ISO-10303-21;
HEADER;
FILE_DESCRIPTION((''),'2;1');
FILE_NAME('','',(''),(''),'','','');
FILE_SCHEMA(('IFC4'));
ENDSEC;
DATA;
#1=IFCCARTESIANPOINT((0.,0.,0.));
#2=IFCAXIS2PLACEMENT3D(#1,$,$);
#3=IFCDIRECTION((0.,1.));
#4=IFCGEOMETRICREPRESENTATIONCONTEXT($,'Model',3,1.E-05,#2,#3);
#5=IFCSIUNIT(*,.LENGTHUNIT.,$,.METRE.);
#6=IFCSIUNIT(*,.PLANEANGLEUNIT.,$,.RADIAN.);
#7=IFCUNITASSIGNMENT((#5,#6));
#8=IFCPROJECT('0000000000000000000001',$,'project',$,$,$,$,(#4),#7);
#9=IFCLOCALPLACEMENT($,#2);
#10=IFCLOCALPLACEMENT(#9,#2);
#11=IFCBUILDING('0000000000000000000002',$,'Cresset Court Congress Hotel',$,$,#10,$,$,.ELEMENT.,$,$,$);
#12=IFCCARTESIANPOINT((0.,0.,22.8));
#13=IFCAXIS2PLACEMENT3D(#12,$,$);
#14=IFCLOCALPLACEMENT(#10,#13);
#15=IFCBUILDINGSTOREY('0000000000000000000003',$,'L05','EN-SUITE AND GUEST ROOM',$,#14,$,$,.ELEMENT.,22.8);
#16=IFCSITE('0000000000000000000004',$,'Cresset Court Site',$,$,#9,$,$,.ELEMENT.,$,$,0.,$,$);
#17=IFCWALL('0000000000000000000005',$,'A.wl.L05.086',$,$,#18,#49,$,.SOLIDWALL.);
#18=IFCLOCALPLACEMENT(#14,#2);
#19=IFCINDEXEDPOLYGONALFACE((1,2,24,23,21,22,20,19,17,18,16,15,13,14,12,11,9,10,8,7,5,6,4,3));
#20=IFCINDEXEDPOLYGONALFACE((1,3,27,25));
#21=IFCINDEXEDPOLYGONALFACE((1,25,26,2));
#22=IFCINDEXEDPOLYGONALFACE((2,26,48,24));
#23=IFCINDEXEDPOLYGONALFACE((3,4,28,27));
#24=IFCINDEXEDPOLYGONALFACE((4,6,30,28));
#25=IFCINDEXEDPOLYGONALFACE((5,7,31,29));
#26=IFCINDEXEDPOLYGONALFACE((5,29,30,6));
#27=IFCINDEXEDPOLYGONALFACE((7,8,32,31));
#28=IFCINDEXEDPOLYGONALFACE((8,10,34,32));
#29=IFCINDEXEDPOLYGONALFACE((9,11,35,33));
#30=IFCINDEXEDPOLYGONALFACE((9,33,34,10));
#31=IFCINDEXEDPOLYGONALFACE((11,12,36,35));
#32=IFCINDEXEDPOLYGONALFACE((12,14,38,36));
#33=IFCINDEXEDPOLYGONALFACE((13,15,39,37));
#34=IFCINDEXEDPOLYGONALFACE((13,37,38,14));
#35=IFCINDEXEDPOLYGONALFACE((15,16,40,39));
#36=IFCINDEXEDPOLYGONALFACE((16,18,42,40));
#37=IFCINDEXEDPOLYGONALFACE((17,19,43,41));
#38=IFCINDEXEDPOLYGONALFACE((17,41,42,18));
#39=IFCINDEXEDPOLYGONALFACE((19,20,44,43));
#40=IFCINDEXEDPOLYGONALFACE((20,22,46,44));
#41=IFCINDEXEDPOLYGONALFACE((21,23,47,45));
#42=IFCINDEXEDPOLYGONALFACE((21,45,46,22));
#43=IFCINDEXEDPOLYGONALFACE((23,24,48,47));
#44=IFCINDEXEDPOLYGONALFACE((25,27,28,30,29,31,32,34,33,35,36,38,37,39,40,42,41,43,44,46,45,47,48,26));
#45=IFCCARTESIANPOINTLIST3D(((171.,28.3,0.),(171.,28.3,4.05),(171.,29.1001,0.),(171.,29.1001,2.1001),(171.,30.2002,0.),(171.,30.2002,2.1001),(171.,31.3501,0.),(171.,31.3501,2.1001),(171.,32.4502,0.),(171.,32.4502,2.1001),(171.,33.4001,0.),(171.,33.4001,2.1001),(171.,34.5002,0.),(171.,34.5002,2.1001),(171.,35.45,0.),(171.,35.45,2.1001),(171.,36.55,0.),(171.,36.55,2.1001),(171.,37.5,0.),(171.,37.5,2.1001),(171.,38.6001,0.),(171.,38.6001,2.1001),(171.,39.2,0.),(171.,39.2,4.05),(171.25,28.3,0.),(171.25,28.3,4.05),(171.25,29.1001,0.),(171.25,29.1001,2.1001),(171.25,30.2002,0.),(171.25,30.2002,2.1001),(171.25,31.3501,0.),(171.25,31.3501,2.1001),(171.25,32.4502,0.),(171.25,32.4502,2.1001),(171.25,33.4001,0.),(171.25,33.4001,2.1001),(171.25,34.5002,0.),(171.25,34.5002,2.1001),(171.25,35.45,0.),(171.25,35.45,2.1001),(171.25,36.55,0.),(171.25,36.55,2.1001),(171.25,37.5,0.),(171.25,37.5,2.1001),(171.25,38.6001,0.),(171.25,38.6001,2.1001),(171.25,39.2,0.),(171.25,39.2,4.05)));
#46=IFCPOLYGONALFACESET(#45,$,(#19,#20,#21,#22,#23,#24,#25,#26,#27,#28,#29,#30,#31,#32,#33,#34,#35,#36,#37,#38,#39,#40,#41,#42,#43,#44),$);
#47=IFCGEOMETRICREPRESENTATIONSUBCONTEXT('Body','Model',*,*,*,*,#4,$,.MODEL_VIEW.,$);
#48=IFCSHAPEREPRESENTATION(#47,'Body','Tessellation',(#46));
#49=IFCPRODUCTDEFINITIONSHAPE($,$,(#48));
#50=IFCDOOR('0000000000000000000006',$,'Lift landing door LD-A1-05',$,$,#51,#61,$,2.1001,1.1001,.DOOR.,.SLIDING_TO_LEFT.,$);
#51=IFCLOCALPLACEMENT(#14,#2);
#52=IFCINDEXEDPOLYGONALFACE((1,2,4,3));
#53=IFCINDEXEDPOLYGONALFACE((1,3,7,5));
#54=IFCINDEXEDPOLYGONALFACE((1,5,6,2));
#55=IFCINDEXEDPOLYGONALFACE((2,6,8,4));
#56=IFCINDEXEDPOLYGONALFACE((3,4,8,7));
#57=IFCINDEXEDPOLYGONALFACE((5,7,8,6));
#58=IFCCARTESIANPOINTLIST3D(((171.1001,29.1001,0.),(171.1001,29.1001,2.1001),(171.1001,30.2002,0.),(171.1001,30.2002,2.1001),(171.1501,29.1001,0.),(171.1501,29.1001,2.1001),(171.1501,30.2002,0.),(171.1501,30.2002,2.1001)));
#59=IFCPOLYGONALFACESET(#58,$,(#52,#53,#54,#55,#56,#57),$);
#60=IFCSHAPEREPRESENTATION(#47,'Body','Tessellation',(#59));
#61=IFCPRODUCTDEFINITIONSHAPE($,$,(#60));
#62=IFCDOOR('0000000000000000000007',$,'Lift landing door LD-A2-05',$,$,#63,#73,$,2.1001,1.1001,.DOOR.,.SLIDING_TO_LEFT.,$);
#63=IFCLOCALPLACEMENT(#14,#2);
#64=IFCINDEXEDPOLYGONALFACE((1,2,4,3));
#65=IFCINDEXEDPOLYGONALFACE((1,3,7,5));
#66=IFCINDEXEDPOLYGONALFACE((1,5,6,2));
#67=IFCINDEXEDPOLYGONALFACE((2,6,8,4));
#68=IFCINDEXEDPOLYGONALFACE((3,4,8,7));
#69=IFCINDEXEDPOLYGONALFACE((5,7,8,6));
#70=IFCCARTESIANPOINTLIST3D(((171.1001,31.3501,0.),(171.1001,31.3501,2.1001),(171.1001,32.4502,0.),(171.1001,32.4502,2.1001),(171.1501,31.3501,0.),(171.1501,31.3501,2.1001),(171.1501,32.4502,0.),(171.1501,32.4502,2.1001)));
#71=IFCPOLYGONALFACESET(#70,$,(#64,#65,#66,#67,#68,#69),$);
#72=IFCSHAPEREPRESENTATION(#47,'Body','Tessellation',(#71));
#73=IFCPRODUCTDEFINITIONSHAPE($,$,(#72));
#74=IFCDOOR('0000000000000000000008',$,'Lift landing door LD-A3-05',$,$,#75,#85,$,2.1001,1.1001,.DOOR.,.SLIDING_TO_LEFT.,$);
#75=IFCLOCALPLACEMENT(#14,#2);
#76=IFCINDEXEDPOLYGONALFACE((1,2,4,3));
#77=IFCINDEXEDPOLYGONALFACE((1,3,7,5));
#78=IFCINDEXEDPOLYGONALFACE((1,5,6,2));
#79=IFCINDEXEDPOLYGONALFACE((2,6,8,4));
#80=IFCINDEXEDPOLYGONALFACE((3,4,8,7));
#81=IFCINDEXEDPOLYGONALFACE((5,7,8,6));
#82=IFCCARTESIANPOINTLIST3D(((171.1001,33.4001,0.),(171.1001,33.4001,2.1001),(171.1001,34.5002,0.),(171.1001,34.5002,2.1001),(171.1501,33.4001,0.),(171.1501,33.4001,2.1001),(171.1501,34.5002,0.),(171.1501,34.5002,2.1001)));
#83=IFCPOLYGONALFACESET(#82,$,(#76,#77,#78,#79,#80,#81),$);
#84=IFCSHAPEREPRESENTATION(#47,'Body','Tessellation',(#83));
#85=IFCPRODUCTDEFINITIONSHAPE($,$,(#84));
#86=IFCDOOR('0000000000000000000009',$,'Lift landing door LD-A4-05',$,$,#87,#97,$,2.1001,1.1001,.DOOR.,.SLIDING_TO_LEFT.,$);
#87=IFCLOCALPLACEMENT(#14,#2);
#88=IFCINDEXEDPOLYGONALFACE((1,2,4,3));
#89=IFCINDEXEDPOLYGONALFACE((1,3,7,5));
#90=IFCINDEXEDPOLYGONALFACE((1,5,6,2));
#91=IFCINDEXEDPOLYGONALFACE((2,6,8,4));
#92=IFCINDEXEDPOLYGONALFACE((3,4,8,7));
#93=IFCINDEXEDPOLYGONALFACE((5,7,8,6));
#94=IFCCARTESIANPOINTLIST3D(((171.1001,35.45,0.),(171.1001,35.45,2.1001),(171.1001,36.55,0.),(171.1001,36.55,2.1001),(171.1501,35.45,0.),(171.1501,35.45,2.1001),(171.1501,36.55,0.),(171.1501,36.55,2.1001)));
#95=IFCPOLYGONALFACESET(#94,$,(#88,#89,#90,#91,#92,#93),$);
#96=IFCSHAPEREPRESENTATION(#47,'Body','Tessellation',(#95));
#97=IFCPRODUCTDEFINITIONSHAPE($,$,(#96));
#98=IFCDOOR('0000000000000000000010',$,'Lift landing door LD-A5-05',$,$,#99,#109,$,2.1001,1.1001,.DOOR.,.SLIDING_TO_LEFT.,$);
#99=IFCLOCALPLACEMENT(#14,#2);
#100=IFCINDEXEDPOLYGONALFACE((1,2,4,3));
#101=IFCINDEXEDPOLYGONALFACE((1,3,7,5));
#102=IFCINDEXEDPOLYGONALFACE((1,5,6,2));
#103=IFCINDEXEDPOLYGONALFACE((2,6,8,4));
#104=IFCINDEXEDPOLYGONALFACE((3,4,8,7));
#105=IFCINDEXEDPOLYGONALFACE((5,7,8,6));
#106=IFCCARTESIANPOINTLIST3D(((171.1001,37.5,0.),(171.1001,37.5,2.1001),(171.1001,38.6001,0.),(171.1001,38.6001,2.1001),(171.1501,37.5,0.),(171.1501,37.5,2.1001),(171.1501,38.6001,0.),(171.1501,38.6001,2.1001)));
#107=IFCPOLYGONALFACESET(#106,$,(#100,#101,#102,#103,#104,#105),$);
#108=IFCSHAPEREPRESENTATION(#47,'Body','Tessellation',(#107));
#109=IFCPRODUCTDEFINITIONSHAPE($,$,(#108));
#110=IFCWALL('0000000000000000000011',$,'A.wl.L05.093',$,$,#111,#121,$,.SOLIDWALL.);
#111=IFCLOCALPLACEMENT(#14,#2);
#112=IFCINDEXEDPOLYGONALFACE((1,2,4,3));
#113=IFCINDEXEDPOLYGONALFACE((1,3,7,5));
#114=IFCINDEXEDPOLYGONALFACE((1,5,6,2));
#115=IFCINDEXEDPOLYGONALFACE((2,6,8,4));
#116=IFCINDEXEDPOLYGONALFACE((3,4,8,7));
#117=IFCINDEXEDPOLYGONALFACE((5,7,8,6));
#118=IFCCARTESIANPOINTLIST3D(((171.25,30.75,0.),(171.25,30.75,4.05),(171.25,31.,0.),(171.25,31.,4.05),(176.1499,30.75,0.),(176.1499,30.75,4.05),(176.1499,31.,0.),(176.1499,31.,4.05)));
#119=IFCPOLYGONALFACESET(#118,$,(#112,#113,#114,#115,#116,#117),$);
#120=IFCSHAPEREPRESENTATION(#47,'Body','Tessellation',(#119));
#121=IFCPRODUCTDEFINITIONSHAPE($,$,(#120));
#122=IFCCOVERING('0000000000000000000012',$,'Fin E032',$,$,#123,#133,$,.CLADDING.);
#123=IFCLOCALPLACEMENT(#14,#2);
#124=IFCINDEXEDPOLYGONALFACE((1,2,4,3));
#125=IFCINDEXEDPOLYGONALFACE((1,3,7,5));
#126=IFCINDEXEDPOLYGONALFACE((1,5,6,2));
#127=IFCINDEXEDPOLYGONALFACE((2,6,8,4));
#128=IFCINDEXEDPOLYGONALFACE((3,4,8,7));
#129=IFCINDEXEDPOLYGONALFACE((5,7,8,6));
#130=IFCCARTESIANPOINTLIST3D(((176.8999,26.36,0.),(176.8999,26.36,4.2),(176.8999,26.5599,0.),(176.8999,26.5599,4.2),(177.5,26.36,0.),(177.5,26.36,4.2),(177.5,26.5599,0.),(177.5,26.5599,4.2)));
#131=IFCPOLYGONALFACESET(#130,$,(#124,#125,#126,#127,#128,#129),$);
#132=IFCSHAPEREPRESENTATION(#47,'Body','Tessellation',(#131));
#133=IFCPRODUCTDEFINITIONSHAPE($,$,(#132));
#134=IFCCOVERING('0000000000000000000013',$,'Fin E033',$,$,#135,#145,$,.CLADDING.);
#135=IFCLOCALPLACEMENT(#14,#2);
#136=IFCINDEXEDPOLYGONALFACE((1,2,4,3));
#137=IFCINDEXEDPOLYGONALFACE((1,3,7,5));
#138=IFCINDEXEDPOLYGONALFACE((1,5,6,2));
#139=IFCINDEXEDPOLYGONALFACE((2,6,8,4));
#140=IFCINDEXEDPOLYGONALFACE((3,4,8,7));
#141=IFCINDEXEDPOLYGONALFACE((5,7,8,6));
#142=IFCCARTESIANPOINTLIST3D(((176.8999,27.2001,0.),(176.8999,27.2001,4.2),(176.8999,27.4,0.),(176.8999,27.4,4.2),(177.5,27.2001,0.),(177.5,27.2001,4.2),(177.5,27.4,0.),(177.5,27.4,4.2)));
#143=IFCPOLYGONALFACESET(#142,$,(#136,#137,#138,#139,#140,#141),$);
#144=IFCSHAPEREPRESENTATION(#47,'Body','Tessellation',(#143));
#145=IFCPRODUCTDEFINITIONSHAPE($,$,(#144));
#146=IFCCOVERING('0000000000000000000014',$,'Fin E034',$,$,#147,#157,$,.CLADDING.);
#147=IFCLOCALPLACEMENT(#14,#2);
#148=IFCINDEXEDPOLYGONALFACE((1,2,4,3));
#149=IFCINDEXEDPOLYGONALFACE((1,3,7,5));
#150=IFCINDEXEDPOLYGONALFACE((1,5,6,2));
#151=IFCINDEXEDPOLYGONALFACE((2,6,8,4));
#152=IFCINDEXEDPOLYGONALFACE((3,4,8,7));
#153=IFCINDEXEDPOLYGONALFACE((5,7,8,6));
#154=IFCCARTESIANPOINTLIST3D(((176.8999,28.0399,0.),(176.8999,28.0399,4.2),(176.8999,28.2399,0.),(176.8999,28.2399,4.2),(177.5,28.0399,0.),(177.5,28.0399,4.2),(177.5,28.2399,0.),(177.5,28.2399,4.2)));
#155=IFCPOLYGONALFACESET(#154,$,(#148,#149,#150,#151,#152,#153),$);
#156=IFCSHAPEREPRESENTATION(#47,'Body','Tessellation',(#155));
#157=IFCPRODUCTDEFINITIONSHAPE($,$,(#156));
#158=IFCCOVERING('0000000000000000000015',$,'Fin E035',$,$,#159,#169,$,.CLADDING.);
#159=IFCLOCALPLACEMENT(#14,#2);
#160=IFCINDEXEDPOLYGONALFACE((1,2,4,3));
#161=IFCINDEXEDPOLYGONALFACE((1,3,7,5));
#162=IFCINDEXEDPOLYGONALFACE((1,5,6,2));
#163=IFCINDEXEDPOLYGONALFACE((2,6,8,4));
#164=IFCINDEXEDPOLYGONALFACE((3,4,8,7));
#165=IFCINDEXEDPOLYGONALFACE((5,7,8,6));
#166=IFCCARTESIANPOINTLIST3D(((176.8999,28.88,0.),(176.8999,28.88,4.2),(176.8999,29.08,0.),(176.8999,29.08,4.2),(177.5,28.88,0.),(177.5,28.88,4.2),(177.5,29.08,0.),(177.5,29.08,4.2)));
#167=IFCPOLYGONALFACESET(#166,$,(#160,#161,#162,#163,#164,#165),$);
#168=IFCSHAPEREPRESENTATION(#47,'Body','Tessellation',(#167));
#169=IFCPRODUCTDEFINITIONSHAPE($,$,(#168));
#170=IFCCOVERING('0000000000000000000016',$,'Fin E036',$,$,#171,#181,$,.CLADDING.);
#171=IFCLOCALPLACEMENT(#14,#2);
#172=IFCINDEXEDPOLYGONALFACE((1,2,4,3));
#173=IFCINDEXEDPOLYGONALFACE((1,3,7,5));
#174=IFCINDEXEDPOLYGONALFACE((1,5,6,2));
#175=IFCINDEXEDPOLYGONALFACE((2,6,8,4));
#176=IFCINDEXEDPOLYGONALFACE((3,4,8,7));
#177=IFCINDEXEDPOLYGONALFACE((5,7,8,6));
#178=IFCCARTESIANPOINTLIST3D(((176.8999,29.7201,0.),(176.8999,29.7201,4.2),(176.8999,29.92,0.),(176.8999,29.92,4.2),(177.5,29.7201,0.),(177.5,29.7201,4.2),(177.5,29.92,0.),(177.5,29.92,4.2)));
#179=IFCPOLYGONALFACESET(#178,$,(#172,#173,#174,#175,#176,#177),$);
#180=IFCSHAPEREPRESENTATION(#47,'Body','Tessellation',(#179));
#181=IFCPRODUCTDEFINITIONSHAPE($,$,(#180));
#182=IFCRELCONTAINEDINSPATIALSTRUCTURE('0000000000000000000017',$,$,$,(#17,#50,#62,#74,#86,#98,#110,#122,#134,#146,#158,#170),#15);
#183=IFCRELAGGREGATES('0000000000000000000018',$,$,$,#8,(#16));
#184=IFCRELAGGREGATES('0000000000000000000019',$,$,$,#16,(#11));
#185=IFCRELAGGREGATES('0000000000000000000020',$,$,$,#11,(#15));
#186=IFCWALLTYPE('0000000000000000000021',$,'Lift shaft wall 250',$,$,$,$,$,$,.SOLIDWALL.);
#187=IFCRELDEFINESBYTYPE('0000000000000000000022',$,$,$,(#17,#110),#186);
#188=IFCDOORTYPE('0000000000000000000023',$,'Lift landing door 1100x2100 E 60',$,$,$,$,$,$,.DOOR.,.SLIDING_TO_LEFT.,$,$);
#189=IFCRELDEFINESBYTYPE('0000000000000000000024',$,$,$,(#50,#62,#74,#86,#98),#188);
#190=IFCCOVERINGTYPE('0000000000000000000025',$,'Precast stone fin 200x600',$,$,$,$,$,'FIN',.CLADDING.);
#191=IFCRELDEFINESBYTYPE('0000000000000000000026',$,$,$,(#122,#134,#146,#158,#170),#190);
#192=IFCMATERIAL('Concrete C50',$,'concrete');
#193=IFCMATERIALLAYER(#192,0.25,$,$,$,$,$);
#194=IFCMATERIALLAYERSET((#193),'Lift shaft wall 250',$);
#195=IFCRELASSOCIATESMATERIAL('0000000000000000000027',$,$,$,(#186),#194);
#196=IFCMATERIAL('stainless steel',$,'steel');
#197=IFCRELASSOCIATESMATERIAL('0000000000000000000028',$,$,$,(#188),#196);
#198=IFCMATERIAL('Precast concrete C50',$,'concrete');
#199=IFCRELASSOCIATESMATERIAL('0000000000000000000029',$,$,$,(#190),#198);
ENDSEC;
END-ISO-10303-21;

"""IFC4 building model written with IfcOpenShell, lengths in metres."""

from ifc_helpers import new_model, si_unit, direction, frame, frame_2d, origin, origin_2d, place, context, subcontext, project, spatial, rectangle, extrude, material, layer, layer_set, type_object, element, fill, save


model = new_model("IFC4")

# Units and contexts
model_context = context("Model", 3, precision=1e-05, world=origin(), true_north=direction((0.0, 1.0)))
body_context = subcontext(model_context, "Body", "Model", "MODEL_VIEW")
ifc_project = project(units=[si_unit("LENGTHUNIT", "METRE"), si_unit("PLANEANGLEUNIT", "RADIAN")], contexts=[model_context])

# Site, building, storey
site_placement = place(None, origin())
site = spatial("IfcSite", under=ifc_project, at=site_placement, Name="Cresset Court Site", CompositionType="ELEMENT", RefElevation=0.0)
building_placement = place(site_placement, origin())
building = spatial("IfcBuilding", under=site, at=building_placement, Name="Cresset Court Congress Hotel", CompositionType="ELEMENT")
storey_placement = place(building_placement, frame((0.0, 0.0, 22.8)))
storey = spatial("IfcBuildingStorey", under=building, at=storey_placement, Name="L05", Description="EN-SUITE AND GUEST ROOM", CompositionType="ELEMENT", Elevation=22.8)

# Wall, openings, doors
ifc_material_1 = material(Name="Concrete C50", Category="concrete")
ifc_layer_1 = layer(ifc_material_1, 0.25)
ifc_layer_set_1 = layer_set([ifc_layer_1], Name="Lift shaft wall 250")
wall_type_1 = type_object("IfcWallType", Name="Lift shaft wall 250", PredefinedType="SOLIDWALL", material=ifc_layer_set_1)
wall_1_placement = place(storey_placement, frame((171.125, 28.3, 0.0), z_axis=(0.0, 0.0, 1.0), x_axis=(0.0, 1.0, 0.0)))
wall_1 = element("IfcWall", 1, at=wall_1_placement, inside=storey, type_object=wall_type_1, Name="A.wl.L05.086", PredefinedType="SOLIDWALL", context=body_context, shape_type="SweptSolid", body=[
    extrude(rectangle(XDim=10.8999, YDim=0.25, at=frame_2d((5.45, 0.0))), origin(), (0.0, 0.0, 1.0), 4.05),
])
opening_1_placement = place(wall_1_placement, frame((0.8, 0.0, 0.0)))
opening_1 = element("IfcOpeningElement", 2, at=opening_1_placement, cuts=wall_1, PredefinedType="OPENING", context=body_context, shape_type="SweptSolid", body=[
    extrude(rectangle(XDim=1.1001, YDim=2.1001, at=frame_2d((0.55, 1.05))), frame((0.0, 0.135, 0.0), z_axis=(0.0, -1.0, 0.0), x_axis=(1.0, 0.0, 0.0)), (0.0, 0.0, 1.0), 0.27),
])
opening_2_placement = place(wall_1_placement, frame((3.05, 0.0, 0.0)))
opening_2 = element("IfcOpeningElement", 3, at=opening_2_placement, cuts=wall_1, PredefinedType="OPENING", context=body_context, shape_type="SweptSolid", body=[
    extrude(rectangle(XDim=1.1001, YDim=2.1001, at=frame_2d((0.55, 1.05))), frame((0.0, 0.135, 0.0), z_axis=(0.0, -1.0, 0.0), x_axis=(1.0, 0.0, 0.0)), (0.0, 0.0, 1.0), 0.27),
])
opening_3_placement = place(wall_1_placement, frame((5.1001, 0.0, 0.0)))
opening_3 = element("IfcOpeningElement", 4, at=opening_3_placement, cuts=wall_1, PredefinedType="OPENING", context=body_context, shape_type="SweptSolid", body=[
    extrude(rectangle(XDim=1.1001, YDim=2.1001, at=frame_2d((0.55, 1.05))), frame((0.0, 0.135, 0.0), z_axis=(0.0, -1.0, 0.0), x_axis=(1.0, 0.0, 0.0)), (0.0, 0.0, 1.0), 0.27),
])
opening_4_placement = place(wall_1_placement, frame((7.1499, 0.0, 0.0)))
opening_4 = element("IfcOpeningElement", 5, at=opening_4_placement, cuts=wall_1, PredefinedType="OPENING", context=body_context, shape_type="SweptSolid", body=[
    extrude(rectangle(XDim=1.1001, YDim=2.1001, at=frame_2d((0.55, 1.05))), frame((0.0, 0.135, 0.0), z_axis=(0.0, -1.0, 0.0), x_axis=(1.0, 0.0, 0.0)), (0.0, 0.0, 1.0), 0.27),
])
opening_5_placement = place(wall_1_placement, frame((9.2, 0.0, 0.0)))
opening_5 = element("IfcOpeningElement", 6, at=opening_5_placement, cuts=wall_1, PredefinedType="OPENING", context=body_context, shape_type="SweptSolid", body=[
    extrude(rectangle(XDim=1.1001, YDim=2.1001, at=frame_2d((0.55, 1.05))), frame((0.0, 0.135, 0.0), z_axis=(0.0, -1.0, 0.0), x_axis=(1.0, 0.0, 0.0)), (0.0, 0.0, 1.0), 0.27),
])
ifc_material_2 = material(Name="stainless steel", Category="steel")
door_type_1 = type_object("IfcDoorType", Name="Lift landing door 1100x2100 E 60", OperationType="SLIDING_TO_LEFT", PredefinedType="DOOR", material=ifc_material_2)
door_1_placement = place(opening_1_placement, origin())
door_1 = element("IfcDoor", 7, at=door_1_placement, inside=storey, type_object=door_type_1, Name="Lift landing door LD-A1-05", OperationType="SLIDING_TO_LEFT", OverallHeight=2.1001, OverallWidth=1.1001, PredefinedType="DOOR", context=body_context, shape_type="SweptSolid", body=[
    extrude(rectangle(XDim=1.1001, YDim=2.1001, at=frame_2d((0.55, 1.05))), frame((0.0, 0.0249, 0.0), z_axis=(0.0, -1.0, 0.0), x_axis=(1.0, 0.0, 0.0)), (0.0, 0.0, 1.0), 0.05),
])
fill(opening_1, door_1)
door_2_placement = place(opening_2_placement, origin())
door_2 = element("IfcDoor", 8, at=door_2_placement, inside=storey, type_object=door_type_1, Name="Lift landing door LD-A2-05", OperationType="SLIDING_TO_LEFT", OverallHeight=2.1001, OverallWidth=1.1001, PredefinedType="DOOR", context=body_context, shape_type="SweptSolid", body=[
    extrude(rectangle(XDim=1.1001, YDim=2.1001, at=frame_2d((0.55, 1.05))), frame((0.0, 0.0249, 0.0), z_axis=(0.0, -1.0, 0.0), x_axis=(1.0, 0.0, 0.0)), (0.0, 0.0, 1.0), 0.05),
])
fill(opening_2, door_2)
door_3_placement = place(opening_3_placement, origin())
door_3 = element("IfcDoor", 9, at=door_3_placement, inside=storey, type_object=door_type_1, Name="Lift landing door LD-A3-05", OperationType="SLIDING_TO_LEFT", OverallHeight=2.1001, OverallWidth=1.1001, PredefinedType="DOOR", context=body_context, shape_type="SweptSolid", body=[
    extrude(rectangle(XDim=1.1001, YDim=2.1001, at=frame_2d((0.55, 1.05))), frame((0.0, 0.0249, 0.0), z_axis=(0.0, -1.0, 0.0), x_axis=(1.0, 0.0, 0.0)), (0.0, 0.0, 1.0), 0.05),
])
fill(opening_3, door_3)
door_4_placement = place(opening_4_placement, origin())
door_4 = element("IfcDoor", 10, at=door_4_placement, inside=storey, type_object=door_type_1, Name="Lift landing door LD-A4-05", OperationType="SLIDING_TO_LEFT", OverallHeight=2.1001, OverallWidth=1.1001, PredefinedType="DOOR", context=body_context, shape_type="SweptSolid", body=[
    extrude(rectangle(XDim=1.1001, YDim=2.1001, at=frame_2d((0.55, 1.05))), frame((0.0, 0.0249, 0.0), z_axis=(0.0, -1.0, 0.0), x_axis=(1.0, 0.0, 0.0)), (0.0, 0.0, 1.0), 0.05),
])
fill(opening_4, door_4)
door_5_placement = place(opening_5_placement, origin())
door_5 = element("IfcDoor", 11, at=door_5_placement, inside=storey, type_object=door_type_1, Name="Lift landing door LD-A5-05", OperationType="SLIDING_TO_LEFT", OverallHeight=2.1001, OverallWidth=1.1001, PredefinedType="DOOR", context=body_context, shape_type="SweptSolid", body=[
    extrude(rectangle(XDim=1.1001, YDim=2.1001, at=frame_2d((0.55, 1.05))), frame((0.0, 0.0249, 0.0), z_axis=(0.0, -1.0, 0.0), x_axis=(1.0, 0.0, 0.0)), (0.0, 0.0, 1.0), 0.05),
])
fill(opening_5, door_5)

# Wall
wall_2_placement = place(storey_placement, frame((171.25, 30.875, 0.0), z_axis=(0.0, 0.0, 1.0), x_axis=(1.0, 0.0, 0.0)))
element("IfcWall", 12, at=wall_2_placement, inside=storey, type_object=wall_type_1, Name="A.wl.L05.093", PredefinedType="SOLIDWALL", context=body_context, shape_type="SweptSolid", body=[
    extrude(rectangle(XDim=4.8999, YDim=0.25, at=frame_2d((2.45, 0.0))), origin(), (0.0, 0.0, 1.0), 4.05),
])

# Coverings
ifc_material_3 = material(Name="Precast concrete C50", Category="concrete")
covering_type_1 = type_object("IfcCoveringType", Name="Precast stone fin 200x600", ElementType="FIN", PredefinedType="CLADDING", material=ifc_material_3)
for number, where, z_axis, x_axis, name in (
    (13, (177.2, 26.46, 0.0), (0.0, 0.0, 1.0), (1.0, 0.0, 0.0), "Fin E032"),
    (14, (177.2, 27.3, 0.0), (0.0, 0.0, 1.0), (1.0, 0.0, 0.0), "Fin E033"),
    (15, (177.2, 28.1399, 0.0), (0.0, 0.0, 1.0), (1.0, 0.0, 0.0), "Fin E034"),
    (16, (177.2, 28.98, 0.0), (0.0, 0.0, 1.0), (1.0, 0.0, 0.0), "Fin E035"),
    (17, (177.2, 29.8201, 0.0), (0.0, 0.0, 1.0), (1.0, 0.0, 0.0), "Fin E036"),
):
    element("IfcCovering", number, at=place(storey_placement, frame(where, z_axis=z_axis, x_axis=x_axis)), inside=storey, type_object=covering_type_1, Name=name, PredefinedType="CLADDING", context=body_context, shape_type="SweptSolid", body=[
        extrude(rectangle(XDim=0.6001, YDim=0.2, at=origin_2d()), origin(), (0.0, 0.0, 1.0), 4.2),
    ])

save(model, "model.ifc")
